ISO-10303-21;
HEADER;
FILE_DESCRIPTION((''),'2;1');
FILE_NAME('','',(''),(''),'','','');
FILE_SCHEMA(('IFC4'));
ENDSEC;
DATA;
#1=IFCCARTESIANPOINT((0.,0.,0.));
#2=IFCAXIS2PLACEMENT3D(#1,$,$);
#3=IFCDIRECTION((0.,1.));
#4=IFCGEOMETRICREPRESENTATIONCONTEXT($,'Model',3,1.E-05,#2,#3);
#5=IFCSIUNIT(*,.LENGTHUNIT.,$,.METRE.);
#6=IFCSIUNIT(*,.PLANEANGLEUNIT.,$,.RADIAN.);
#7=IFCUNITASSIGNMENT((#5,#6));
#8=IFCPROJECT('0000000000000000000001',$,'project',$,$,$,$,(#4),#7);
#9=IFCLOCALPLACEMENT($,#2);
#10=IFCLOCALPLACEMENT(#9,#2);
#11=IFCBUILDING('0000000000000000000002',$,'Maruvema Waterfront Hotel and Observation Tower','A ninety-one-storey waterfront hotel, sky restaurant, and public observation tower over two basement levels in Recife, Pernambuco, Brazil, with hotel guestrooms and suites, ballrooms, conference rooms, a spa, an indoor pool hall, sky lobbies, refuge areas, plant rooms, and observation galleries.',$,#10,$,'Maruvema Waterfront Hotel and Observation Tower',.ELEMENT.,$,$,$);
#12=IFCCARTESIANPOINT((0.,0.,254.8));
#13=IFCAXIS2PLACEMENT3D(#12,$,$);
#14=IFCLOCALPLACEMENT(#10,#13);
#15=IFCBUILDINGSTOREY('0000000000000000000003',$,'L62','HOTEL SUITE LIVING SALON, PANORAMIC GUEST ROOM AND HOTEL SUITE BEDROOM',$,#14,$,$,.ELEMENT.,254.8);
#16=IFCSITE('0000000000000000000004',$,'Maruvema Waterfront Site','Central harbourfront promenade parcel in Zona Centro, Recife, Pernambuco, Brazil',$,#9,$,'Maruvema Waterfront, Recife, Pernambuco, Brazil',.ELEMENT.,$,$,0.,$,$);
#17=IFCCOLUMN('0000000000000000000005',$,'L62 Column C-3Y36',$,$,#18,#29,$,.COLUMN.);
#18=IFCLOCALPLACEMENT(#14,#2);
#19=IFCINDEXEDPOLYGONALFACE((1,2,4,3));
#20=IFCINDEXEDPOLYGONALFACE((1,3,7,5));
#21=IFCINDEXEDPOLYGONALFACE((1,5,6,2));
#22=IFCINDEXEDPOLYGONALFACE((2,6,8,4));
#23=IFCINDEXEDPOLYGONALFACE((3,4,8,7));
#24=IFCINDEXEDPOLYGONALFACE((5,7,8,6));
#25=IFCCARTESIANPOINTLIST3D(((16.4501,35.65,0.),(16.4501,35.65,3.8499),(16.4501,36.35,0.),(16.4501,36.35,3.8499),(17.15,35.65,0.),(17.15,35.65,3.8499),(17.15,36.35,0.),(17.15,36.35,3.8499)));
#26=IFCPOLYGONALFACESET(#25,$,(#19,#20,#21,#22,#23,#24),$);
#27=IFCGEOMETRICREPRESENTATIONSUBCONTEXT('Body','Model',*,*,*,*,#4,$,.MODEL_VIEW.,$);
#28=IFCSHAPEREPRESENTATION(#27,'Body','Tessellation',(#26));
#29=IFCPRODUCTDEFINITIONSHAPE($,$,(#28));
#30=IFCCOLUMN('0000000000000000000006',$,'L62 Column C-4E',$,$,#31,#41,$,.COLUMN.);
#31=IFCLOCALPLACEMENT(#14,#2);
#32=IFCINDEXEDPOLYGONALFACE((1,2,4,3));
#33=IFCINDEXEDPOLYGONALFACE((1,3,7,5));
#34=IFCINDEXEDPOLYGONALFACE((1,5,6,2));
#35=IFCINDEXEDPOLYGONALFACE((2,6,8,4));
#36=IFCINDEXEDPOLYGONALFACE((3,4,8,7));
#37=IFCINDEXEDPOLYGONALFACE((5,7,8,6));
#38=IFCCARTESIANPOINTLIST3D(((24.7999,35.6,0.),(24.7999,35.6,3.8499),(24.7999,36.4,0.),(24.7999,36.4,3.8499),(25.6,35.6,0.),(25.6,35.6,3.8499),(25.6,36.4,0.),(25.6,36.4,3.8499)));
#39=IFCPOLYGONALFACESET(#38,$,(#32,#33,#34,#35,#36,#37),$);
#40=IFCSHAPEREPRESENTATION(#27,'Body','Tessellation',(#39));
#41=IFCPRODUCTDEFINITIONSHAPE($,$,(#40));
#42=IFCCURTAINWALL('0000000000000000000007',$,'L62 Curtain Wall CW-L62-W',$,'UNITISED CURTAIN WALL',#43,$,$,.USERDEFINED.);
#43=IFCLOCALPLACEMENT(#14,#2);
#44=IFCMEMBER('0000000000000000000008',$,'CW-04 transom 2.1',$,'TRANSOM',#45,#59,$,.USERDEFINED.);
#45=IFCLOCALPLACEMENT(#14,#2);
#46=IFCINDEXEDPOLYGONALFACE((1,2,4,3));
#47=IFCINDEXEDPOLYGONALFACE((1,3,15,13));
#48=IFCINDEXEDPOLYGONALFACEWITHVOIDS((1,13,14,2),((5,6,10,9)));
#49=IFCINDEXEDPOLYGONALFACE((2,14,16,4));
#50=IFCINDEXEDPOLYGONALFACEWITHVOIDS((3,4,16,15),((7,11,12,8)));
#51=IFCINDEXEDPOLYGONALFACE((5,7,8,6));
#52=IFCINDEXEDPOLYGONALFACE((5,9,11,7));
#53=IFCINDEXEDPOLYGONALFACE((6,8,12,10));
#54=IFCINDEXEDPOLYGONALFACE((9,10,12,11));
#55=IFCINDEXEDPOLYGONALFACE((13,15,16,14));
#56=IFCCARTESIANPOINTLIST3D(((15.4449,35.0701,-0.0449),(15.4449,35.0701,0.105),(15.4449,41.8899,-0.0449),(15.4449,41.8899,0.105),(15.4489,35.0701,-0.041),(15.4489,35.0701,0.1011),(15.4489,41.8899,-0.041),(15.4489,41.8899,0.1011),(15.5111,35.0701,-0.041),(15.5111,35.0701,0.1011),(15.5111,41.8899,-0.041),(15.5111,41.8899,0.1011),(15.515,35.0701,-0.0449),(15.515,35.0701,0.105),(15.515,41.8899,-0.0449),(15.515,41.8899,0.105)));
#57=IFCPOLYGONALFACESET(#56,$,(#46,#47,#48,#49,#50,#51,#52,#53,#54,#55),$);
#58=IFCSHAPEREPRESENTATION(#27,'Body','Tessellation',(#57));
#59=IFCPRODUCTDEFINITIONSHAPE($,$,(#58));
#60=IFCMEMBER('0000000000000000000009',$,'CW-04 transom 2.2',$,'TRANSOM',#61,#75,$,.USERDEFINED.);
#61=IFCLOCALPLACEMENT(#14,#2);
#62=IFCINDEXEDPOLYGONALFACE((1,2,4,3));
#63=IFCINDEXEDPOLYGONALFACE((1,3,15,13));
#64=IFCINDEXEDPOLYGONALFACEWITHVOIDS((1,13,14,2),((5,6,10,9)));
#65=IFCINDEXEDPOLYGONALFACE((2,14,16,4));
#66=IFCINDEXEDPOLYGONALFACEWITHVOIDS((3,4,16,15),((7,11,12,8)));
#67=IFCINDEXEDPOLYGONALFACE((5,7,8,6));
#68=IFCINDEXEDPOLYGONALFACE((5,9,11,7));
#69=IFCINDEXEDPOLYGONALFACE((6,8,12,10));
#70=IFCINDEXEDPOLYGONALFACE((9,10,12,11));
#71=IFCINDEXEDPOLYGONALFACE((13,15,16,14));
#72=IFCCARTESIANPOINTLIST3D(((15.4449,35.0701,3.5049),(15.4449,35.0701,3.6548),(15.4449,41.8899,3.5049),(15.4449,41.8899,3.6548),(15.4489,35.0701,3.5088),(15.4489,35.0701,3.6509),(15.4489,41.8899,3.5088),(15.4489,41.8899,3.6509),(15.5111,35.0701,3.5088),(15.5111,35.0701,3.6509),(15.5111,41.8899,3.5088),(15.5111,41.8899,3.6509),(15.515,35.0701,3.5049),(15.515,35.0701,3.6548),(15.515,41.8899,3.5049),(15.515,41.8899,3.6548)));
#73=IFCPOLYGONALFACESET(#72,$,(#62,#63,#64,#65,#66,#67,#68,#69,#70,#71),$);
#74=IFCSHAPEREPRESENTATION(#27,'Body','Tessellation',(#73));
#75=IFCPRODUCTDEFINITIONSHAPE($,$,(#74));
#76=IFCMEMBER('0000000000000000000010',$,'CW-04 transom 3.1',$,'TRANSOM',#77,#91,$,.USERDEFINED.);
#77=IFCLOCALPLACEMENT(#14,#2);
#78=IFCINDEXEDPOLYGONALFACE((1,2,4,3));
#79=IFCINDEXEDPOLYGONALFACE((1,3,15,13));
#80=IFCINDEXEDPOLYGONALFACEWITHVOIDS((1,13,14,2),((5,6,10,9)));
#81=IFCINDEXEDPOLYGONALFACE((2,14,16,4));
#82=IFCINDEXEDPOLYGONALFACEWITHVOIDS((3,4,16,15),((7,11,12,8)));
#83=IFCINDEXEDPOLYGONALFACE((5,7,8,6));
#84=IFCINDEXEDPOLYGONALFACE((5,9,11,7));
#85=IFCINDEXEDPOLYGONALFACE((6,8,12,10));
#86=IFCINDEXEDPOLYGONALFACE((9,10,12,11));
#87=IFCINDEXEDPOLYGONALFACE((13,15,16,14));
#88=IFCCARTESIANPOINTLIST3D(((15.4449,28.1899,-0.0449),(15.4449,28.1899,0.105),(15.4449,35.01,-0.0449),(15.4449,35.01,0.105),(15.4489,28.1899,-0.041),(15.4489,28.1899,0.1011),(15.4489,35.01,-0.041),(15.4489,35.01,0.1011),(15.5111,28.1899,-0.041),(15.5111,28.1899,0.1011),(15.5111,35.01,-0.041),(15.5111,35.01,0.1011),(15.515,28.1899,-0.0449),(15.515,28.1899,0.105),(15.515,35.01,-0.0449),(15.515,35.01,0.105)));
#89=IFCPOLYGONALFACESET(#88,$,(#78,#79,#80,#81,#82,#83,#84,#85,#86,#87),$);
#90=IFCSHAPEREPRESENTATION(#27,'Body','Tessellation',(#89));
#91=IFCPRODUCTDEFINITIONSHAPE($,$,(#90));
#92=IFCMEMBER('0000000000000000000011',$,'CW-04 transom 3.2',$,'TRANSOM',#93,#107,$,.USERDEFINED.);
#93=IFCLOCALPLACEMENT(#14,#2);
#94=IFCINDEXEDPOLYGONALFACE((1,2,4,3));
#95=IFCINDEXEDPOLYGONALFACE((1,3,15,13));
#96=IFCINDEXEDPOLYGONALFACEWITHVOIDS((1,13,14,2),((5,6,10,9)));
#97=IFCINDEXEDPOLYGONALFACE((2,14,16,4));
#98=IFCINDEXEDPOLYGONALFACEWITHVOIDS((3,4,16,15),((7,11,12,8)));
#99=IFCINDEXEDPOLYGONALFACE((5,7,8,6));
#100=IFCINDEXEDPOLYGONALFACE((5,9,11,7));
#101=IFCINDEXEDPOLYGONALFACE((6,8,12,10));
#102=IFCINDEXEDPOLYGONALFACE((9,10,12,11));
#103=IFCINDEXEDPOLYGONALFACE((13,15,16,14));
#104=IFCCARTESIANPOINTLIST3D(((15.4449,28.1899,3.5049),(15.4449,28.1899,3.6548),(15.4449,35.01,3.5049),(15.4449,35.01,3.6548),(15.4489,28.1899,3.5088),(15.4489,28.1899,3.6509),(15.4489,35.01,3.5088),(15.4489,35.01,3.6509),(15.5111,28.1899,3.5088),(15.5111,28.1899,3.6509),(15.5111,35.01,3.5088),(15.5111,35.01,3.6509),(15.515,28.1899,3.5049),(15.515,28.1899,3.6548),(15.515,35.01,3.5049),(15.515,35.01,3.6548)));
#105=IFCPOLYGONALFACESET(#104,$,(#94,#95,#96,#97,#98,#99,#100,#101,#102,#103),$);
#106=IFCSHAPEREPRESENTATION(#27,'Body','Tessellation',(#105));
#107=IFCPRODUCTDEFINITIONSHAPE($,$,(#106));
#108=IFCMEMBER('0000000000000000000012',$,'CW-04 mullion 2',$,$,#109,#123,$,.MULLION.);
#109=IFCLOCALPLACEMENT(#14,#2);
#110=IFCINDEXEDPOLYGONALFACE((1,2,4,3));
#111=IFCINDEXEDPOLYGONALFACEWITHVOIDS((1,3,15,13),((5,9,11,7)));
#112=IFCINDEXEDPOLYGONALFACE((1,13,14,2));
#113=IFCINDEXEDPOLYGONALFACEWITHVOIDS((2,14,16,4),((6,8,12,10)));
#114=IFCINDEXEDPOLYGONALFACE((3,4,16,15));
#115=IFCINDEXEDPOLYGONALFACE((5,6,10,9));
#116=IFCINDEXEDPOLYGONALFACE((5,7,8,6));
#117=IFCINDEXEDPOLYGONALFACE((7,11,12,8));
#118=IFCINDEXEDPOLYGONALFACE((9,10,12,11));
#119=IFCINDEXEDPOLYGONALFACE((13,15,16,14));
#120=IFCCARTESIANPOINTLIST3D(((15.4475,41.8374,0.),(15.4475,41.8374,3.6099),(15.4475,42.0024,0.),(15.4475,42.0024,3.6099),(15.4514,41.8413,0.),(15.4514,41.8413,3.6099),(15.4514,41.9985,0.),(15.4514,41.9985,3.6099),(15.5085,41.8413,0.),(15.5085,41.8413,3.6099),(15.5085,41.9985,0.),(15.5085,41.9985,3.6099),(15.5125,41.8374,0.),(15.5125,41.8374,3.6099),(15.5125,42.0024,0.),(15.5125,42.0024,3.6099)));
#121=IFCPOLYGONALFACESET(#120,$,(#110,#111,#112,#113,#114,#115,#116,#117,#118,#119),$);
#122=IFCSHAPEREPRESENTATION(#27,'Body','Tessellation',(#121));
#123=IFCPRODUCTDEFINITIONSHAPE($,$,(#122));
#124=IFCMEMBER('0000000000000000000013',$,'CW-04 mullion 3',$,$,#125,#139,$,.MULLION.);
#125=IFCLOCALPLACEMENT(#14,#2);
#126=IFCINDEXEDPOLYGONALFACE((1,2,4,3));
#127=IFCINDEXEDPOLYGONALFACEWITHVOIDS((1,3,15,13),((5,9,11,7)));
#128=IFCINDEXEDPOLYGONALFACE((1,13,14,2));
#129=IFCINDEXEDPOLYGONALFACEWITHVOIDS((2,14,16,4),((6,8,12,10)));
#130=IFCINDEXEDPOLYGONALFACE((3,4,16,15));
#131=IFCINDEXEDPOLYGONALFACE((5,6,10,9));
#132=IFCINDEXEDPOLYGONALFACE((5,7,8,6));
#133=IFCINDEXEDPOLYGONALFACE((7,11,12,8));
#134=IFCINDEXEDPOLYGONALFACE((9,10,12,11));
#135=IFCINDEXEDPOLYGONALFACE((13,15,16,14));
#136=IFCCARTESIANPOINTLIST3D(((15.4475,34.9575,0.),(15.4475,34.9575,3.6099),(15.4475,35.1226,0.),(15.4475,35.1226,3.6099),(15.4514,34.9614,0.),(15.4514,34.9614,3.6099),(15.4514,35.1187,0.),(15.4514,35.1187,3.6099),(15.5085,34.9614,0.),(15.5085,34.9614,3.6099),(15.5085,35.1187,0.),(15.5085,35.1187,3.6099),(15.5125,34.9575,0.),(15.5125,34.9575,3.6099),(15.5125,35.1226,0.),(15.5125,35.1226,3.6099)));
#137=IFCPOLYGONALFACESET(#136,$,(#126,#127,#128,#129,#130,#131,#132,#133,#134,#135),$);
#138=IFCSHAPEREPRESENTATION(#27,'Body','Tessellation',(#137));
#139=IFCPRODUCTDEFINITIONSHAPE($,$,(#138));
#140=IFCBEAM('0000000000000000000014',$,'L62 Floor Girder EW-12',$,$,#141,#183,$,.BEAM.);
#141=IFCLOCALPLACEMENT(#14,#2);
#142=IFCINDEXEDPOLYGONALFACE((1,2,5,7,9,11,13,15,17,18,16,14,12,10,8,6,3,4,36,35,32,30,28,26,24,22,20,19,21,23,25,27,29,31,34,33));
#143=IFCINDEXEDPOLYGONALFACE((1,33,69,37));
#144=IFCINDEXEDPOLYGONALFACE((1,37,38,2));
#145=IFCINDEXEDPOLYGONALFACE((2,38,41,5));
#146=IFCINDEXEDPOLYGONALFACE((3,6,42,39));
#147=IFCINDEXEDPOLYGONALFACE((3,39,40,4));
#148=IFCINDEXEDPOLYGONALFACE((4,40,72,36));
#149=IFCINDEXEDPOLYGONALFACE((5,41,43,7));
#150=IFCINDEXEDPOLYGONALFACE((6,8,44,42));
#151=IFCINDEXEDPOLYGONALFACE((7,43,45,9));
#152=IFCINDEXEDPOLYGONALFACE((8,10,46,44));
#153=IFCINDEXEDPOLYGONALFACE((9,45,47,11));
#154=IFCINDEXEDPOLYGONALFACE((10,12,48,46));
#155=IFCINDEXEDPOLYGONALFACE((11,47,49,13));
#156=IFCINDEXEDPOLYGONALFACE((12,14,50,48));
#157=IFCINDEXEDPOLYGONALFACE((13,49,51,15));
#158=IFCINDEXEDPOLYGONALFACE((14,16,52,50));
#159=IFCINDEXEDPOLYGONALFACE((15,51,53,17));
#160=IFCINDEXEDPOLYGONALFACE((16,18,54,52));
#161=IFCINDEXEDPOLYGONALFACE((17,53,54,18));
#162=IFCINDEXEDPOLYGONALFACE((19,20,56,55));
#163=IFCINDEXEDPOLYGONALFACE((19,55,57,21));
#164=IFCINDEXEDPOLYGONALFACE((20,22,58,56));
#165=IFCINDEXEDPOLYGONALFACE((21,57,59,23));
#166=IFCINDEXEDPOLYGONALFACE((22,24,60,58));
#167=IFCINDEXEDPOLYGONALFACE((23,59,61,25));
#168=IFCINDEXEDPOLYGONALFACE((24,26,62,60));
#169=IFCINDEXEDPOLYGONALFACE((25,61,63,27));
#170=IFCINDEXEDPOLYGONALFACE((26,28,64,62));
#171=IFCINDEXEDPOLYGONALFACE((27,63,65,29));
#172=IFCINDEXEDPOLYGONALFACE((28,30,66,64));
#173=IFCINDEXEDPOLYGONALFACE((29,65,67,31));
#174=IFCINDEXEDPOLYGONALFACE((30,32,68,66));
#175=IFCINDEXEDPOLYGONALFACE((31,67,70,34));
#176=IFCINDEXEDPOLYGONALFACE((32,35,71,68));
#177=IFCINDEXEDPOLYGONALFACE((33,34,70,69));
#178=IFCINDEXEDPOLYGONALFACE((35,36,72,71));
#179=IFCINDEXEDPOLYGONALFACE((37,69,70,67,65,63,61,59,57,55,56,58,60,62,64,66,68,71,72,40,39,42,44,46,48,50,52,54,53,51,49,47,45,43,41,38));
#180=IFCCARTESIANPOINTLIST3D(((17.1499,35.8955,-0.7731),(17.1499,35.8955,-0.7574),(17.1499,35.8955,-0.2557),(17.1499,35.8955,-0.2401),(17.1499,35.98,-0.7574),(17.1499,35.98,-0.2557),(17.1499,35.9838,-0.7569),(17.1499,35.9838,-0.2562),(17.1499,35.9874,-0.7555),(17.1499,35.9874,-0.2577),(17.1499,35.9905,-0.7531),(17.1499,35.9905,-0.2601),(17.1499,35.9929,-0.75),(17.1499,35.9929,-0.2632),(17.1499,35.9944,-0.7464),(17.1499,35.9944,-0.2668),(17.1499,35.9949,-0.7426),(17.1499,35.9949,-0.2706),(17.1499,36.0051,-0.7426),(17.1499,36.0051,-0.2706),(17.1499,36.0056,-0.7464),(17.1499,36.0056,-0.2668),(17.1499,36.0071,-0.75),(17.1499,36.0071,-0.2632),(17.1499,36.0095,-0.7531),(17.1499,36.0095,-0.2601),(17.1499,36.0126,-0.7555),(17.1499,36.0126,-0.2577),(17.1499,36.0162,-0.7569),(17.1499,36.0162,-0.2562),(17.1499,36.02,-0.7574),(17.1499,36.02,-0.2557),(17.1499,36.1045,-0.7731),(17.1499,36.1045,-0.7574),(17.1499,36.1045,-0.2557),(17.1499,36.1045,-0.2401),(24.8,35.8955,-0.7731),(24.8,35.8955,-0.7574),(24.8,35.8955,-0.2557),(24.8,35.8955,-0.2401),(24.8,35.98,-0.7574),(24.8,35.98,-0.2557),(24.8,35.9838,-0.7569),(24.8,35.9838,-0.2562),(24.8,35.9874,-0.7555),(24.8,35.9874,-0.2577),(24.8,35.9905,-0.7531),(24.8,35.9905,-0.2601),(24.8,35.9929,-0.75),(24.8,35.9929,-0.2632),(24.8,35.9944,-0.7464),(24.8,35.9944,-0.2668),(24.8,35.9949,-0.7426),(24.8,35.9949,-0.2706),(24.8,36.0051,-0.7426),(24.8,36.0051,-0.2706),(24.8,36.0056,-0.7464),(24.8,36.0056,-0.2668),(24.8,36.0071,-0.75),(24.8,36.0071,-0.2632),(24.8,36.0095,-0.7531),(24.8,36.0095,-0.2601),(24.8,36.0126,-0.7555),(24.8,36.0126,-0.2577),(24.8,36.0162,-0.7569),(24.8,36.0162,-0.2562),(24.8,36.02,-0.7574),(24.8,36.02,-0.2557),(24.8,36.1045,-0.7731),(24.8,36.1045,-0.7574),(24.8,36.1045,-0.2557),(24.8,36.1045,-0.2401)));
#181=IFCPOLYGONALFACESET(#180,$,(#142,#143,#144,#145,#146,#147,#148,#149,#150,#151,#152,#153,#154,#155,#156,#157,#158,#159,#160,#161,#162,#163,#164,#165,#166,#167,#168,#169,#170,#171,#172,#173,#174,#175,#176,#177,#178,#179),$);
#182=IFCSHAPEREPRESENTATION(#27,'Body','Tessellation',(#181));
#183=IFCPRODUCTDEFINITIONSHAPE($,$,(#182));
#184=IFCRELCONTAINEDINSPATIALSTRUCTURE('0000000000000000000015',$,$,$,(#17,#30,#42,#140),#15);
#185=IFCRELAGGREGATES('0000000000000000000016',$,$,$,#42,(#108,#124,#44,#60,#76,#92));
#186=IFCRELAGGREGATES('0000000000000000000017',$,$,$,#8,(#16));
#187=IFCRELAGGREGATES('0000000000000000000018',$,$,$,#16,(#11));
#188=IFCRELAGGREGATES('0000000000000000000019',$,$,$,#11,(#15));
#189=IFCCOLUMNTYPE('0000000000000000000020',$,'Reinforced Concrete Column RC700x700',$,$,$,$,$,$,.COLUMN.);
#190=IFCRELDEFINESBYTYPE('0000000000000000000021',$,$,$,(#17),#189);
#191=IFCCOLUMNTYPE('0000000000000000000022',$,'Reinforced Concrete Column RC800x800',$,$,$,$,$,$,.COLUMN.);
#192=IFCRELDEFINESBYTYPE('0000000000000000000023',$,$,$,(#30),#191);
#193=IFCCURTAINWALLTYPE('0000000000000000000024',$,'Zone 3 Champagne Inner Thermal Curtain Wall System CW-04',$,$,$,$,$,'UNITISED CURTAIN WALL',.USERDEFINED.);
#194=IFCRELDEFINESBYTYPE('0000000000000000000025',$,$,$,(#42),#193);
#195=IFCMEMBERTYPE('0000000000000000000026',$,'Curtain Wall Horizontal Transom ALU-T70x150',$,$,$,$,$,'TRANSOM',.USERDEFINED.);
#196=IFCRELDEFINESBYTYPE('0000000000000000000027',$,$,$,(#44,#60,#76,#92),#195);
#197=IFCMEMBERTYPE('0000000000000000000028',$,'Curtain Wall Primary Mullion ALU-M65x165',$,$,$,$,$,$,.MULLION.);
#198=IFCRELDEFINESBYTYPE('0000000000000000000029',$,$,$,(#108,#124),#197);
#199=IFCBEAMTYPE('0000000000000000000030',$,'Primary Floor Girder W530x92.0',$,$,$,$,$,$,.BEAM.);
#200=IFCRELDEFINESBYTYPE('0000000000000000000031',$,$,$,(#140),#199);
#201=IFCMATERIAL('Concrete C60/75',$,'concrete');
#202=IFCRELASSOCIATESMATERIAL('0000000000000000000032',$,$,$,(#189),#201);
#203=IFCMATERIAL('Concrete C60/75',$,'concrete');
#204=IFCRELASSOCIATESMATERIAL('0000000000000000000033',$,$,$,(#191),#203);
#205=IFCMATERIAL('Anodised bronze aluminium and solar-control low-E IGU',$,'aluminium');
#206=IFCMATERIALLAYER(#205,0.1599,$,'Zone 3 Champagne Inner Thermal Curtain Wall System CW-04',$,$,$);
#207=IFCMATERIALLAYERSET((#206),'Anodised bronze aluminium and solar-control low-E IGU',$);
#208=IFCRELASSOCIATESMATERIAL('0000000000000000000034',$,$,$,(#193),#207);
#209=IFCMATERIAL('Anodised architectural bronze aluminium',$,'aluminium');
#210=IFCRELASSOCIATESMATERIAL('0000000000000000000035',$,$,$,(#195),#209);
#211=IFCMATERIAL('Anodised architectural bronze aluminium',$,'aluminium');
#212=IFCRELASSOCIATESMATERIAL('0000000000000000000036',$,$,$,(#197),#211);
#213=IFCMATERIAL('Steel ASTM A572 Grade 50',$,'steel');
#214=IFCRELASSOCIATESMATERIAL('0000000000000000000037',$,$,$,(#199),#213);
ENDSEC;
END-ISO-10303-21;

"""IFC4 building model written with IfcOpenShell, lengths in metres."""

from ifc_helpers import new_model, si_unit, direction, frame, origin, origin_2d, place, context, subcontext, project, spatial, rectangle, hollow_rectangle, i_section, extrude, material, layer, layer_set, material_profile, profile_set, type_object, element, aggregate, save


model = new_model("IFC4")

# Units and contexts
model_context = context("Model", 3, precision=1e-05, world=origin(), true_north=direction((0.0, 1.0)))
body_context = subcontext(model_context, "Body", "Model", "MODEL_VIEW")
ifc_project = project(units=[si_unit("LENGTHUNIT", "METRE"), si_unit("PLANEANGLEUNIT", "RADIAN")], contexts=[model_context])

# Site, building, storey
site_placement = place(None, origin())
site = spatial("IfcSite", under=ifc_project, at=site_placement, Name="Maruvema Waterfront Site", Description="Central harbourfront promenade parcel in Zona Centro, Recife, Pernambuco, Brazil", LongName="Maruvema Waterfront, Recife, Pernambuco, Brazil", CompositionType="ELEMENT", RefElevation=0.0)
building_placement = place(site_placement, origin())
building = spatial("IfcBuilding", under=site, at=building_placement, Name="Maruvema Waterfront Hotel and Observation Tower", Description="A ninety-one-storey waterfront hotel, sky restaurant, and public observation tower over two basement levels in Recife, Pernambuco, Brazil, with hotel guestrooms and suites, ballrooms, conference rooms, a spa, an indoor pool hall, sky lobbies, refuge areas, plant rooms, and observation galleries.", LongName="Maruvema Waterfront Hotel and Observation Tower", CompositionType="ELEMENT")
storey_placement = place(building_placement, frame((0.0, 0.0, 254.8)))
storey = spatial("IfcBuildingStorey", under=building, at=storey_placement, Name="L62", Description="HOTEL SUITE LIVING SALON, PANORAMIC GUEST ROOM AND HOTEL SUITE BEDROOM", CompositionType="ELEMENT", Elevation=254.8)

# Columns
ifc_material_1 = material(Name="Concrete C60/75", Category="concrete")
ifc_material_profile_1 = material_profile(ifc_material_1, rectangle(XDim=0.7, YDim=0.7, at=origin_2d()), Name="RC700x700")
ifc_profile_set_1 = profile_set([ifc_material_profile_1], Name="Concrete C60/75")
column_type_1 = type_object("IfcColumnType", Name="Reinforced Concrete Column RC700x700", PredefinedType="COLUMN", material=ifc_profile_set_1)
column_1_placement = place(storey_placement, frame((16.8, 36.0, 0.0), z_axis=(0.0, 0.0, 1.0), x_axis=(1.0, 0.0, 0.0)))
element("IfcColumn", 1, at=column_1_placement, inside=storey, type_object=column_type_1, Name="L62 Column C-3Y36", PredefinedType="COLUMN", context=body_context, shape_type="SweptSolid", body=[
    extrude(rectangle(XDim=0.7, YDim=0.7, at=origin_2d()), origin(), (0.0, 0.0, 1.0), 3.8499),
])
ifc_material_2 = material(Name="Concrete C60/75", Category="concrete")
ifc_material_profile_2 = material_profile(ifc_material_2, rectangle(XDim=0.8, YDim=0.8, at=origin_2d()), Name="RC800x800")
ifc_profile_set_2 = profile_set([ifc_material_profile_2], Name="Concrete C60/75")
column_type_2 = type_object("IfcColumnType", Name="Reinforced Concrete Column RC800x800", PredefinedType="COLUMN", material=ifc_profile_set_2)
column_2_placement = place(storey_placement, frame((25.2, 36.0, 0.0), z_axis=(0.0, 0.0, 1.0), x_axis=(1.0, 0.0, 0.0)))
element("IfcColumn", 2, at=column_2_placement, inside=storey, type_object=column_type_2, Name="L62 Column C-4E", PredefinedType="COLUMN", context=body_context, shape_type="SweptSolid", body=[
    extrude(rectangle(XDim=0.8, YDim=0.8, at=origin_2d()), origin(), (0.0, 0.0, 1.0), 3.8499),
])

# Curtain wall, members
ifc_material_3 = material(Name="Anodised bronze aluminium and solar-control low-E IGU", Category="aluminium")
ifc_layer_1 = layer(ifc_material_3, 0.1599, Name="Zone 3 Champagne Inner Thermal Curtain Wall System CW-04")
ifc_layer_set_1 = layer_set([ifc_layer_1], Name="Anodised bronze aluminium and solar-control low-E IGU")
curtain_wall_type = type_object("IfcCurtainWallType", Name="Zone 3 Champagne Inner Thermal Curtain Wall System CW-04", ElementType="UNITISED CURTAIN WALL", PredefinedType="USERDEFINED", material=ifc_layer_set_1)
curtain_wall_placement = place(storey_placement, origin())
curtain_wall = element("IfcCurtainWall", 3, at=curtain_wall_placement, inside=storey, type_object=curtain_wall_type, Name="L62 Curtain Wall CW-L62-W", ObjectType="UNITISED CURTAIN WALL", PredefinedType="USERDEFINED")
ifc_material_4 = material(Name="Anodised architectural bronze aluminium", Category="aluminium")
ifc_material_profile_3 = material_profile(ifc_material_4, hollow_rectangle(XDim=0.0701, YDim=0.1499, WallThickness=0.0039, at=origin_2d()), Name="ALU-T70x150")
ifc_profile_set_3 = profile_set([ifc_material_profile_3], Name="Anodised architectural bronze aluminium")
member_type_1 = type_object("IfcMemberType", Name="Curtain Wall Horizontal Transom ALU-T70x150", ElementType="TRANSOM", PredefinedType="USERDEFINED", material=ifc_profile_set_3)
member_1_placement = place(storey_placement, frame((15.48, 41.8899, 0.03), z_axis=(0.0, -1.0, 0.0), x_axis=(1.0, 0.0, 0.0)))
member_1 = element("IfcMember", 4, at=member_1_placement, type_object=member_type_1, Name="CW-04 transom 2.1", ObjectType="TRANSOM", PredefinedType="USERDEFINED", context=body_context, shape_type="SweptSolid", body=[
    extrude(hollow_rectangle(XDim=0.0701, YDim=0.1499, WallThickness=0.0039, at=origin_2d()), origin(), (0.0, 0.0, 1.0), 6.8198),
])
member_2_placement = place(storey_placement, frame((15.48, 41.8899, 3.5798), z_axis=(0.0, -1.0, 0.0), x_axis=(1.0, 0.0, 0.0)))
member_2 = element("IfcMember", 5, at=member_2_placement, type_object=member_type_1, Name="CW-04 transom 2.2", ObjectType="TRANSOM", PredefinedType="USERDEFINED", context=body_context, shape_type="SweptSolid", body=[
    extrude(hollow_rectangle(XDim=0.0701, YDim=0.1499, WallThickness=0.0039, at=origin_2d()), origin(), (0.0, 0.0, 1.0), 6.8198),
])
member_3_placement = place(storey_placement, frame((15.48, 35.01, 0.03), z_axis=(0.0, -1.0, 0.0), x_axis=(1.0, 0.0, 0.0)))
member_3 = element("IfcMember", 6, at=member_3_placement, type_object=member_type_1, Name="CW-04 transom 3.1", ObjectType="TRANSOM", PredefinedType="USERDEFINED", context=body_context, shape_type="SweptSolid", body=[
    extrude(hollow_rectangle(XDim=0.0701, YDim=0.1499, WallThickness=0.0039, at=origin_2d()), origin(), (0.0, 0.0, 1.0), 6.8201),
])
member_4_placement = place(storey_placement, frame((15.48, 35.01, 3.5798), z_axis=(0.0, -1.0, 0.0), x_axis=(1.0, 0.0, 0.0)))
member_4 = element("IfcMember", 7, at=member_4_placement, type_object=member_type_1, Name="CW-04 transom 3.2", ObjectType="TRANSOM", PredefinedType="USERDEFINED", context=body_context, shape_type="SweptSolid", body=[
    extrude(hollow_rectangle(XDim=0.0701, YDim=0.1499, WallThickness=0.0039, at=origin_2d()), origin(), (0.0, 0.0, 1.0), 6.8201),
])
ifc_material_5 = material(Name="Anodised architectural bronze aluminium", Category="aluminium")
ifc_material_profile_4 = material_profile(ifc_material_5, hollow_rectangle(XDim=0.0649, YDim=0.165, WallThickness=0.0039, at=origin_2d()), Name="ALU-M65x165")
ifc_profile_set_4 = profile_set([ifc_material_profile_4], Name="Anodised architectural bronze aluminium")
member_type_2 = type_object("IfcMemberType", Name="Curtain Wall Primary Mullion ALU-M65x165", PredefinedType="MULLION", material=ifc_profile_set_4)
member_5_placement = place(storey_placement, frame((15.48, 41.9199, 0.0), z_axis=(0.0, 0.0, 1.0), x_axis=(1.0, 0.0, 0.0)))
member_5 = element("IfcMember", 8, at=member_5_placement, type_object=member_type_2, Name="CW-04 mullion 2", PredefinedType="MULLION", context=body_context, shape_type="SweptSolid", body=[
    extrude(hollow_rectangle(XDim=0.0649, YDim=0.165, WallThickness=0.0039, at=origin_2d()), origin(), (0.0, 0.0, 1.0), 3.6099),
])
member_6_placement = place(storey_placement, frame((15.48, 35.04, 0.0), z_axis=(0.0, 0.0, 1.0), x_axis=(1.0, 0.0, 0.0)))
member_6 = element("IfcMember", 9, at=member_6_placement, type_object=member_type_2, Name="CW-04 mullion 3", PredefinedType="MULLION", context=body_context, shape_type="SweptSolid", body=[
    extrude(hollow_rectangle(XDim=0.0649, YDim=0.165, WallThickness=0.0039, at=origin_2d()), origin(), (0.0, 0.0, 1.0), 3.6099),
])

# Beam
ifc_material_6 = material(Name="Steel ASTM A572 Grade 50", Category="steel")
ifc_material_profile_5 = material_profile(ifc_material_6, i_section(OverallWidth=0.209, OverallDepth=0.533, WebThickness=0.0103, FlangeThickness=0.0156, FilletRadius=0.0149, at=origin_2d()), Name="W530x92.0")
ifc_profile_set_5 = profile_set([ifc_material_profile_5], Name="Steel ASTM A572 Grade 50")
beam_type_1 = type_object("IfcBeamType", Name="Primary Floor Girder W530x92.0", PredefinedType="BEAM", material=ifc_profile_set_5)
beam_1_placement = place(storey_placement, frame((17.1499, 36.0, -0.5066), z_axis=(1.0, 0.0, 0.0), x_axis=(0.0, 1.0, 0.0)))
element("IfcBeam", 10, at=beam_1_placement, inside=storey, type_object=beam_type_1, Name="L62 Floor Girder EW-12", PredefinedType="BEAM", context=body_context, shape_type="SweptSolid", body=[
    extrude(i_section(OverallWidth=0.209, OverallDepth=0.533, WebThickness=0.0103, FlangeThickness=0.0156, FilletRadius=0.0149, at=origin_2d()), origin(), (0.0, 0.0, 1.0), 7.6501),
])

aggregate(curtain_wall, [member_5, member_6, member_1, member_2, member_3, member_4])

save(model, "model.ifc")
